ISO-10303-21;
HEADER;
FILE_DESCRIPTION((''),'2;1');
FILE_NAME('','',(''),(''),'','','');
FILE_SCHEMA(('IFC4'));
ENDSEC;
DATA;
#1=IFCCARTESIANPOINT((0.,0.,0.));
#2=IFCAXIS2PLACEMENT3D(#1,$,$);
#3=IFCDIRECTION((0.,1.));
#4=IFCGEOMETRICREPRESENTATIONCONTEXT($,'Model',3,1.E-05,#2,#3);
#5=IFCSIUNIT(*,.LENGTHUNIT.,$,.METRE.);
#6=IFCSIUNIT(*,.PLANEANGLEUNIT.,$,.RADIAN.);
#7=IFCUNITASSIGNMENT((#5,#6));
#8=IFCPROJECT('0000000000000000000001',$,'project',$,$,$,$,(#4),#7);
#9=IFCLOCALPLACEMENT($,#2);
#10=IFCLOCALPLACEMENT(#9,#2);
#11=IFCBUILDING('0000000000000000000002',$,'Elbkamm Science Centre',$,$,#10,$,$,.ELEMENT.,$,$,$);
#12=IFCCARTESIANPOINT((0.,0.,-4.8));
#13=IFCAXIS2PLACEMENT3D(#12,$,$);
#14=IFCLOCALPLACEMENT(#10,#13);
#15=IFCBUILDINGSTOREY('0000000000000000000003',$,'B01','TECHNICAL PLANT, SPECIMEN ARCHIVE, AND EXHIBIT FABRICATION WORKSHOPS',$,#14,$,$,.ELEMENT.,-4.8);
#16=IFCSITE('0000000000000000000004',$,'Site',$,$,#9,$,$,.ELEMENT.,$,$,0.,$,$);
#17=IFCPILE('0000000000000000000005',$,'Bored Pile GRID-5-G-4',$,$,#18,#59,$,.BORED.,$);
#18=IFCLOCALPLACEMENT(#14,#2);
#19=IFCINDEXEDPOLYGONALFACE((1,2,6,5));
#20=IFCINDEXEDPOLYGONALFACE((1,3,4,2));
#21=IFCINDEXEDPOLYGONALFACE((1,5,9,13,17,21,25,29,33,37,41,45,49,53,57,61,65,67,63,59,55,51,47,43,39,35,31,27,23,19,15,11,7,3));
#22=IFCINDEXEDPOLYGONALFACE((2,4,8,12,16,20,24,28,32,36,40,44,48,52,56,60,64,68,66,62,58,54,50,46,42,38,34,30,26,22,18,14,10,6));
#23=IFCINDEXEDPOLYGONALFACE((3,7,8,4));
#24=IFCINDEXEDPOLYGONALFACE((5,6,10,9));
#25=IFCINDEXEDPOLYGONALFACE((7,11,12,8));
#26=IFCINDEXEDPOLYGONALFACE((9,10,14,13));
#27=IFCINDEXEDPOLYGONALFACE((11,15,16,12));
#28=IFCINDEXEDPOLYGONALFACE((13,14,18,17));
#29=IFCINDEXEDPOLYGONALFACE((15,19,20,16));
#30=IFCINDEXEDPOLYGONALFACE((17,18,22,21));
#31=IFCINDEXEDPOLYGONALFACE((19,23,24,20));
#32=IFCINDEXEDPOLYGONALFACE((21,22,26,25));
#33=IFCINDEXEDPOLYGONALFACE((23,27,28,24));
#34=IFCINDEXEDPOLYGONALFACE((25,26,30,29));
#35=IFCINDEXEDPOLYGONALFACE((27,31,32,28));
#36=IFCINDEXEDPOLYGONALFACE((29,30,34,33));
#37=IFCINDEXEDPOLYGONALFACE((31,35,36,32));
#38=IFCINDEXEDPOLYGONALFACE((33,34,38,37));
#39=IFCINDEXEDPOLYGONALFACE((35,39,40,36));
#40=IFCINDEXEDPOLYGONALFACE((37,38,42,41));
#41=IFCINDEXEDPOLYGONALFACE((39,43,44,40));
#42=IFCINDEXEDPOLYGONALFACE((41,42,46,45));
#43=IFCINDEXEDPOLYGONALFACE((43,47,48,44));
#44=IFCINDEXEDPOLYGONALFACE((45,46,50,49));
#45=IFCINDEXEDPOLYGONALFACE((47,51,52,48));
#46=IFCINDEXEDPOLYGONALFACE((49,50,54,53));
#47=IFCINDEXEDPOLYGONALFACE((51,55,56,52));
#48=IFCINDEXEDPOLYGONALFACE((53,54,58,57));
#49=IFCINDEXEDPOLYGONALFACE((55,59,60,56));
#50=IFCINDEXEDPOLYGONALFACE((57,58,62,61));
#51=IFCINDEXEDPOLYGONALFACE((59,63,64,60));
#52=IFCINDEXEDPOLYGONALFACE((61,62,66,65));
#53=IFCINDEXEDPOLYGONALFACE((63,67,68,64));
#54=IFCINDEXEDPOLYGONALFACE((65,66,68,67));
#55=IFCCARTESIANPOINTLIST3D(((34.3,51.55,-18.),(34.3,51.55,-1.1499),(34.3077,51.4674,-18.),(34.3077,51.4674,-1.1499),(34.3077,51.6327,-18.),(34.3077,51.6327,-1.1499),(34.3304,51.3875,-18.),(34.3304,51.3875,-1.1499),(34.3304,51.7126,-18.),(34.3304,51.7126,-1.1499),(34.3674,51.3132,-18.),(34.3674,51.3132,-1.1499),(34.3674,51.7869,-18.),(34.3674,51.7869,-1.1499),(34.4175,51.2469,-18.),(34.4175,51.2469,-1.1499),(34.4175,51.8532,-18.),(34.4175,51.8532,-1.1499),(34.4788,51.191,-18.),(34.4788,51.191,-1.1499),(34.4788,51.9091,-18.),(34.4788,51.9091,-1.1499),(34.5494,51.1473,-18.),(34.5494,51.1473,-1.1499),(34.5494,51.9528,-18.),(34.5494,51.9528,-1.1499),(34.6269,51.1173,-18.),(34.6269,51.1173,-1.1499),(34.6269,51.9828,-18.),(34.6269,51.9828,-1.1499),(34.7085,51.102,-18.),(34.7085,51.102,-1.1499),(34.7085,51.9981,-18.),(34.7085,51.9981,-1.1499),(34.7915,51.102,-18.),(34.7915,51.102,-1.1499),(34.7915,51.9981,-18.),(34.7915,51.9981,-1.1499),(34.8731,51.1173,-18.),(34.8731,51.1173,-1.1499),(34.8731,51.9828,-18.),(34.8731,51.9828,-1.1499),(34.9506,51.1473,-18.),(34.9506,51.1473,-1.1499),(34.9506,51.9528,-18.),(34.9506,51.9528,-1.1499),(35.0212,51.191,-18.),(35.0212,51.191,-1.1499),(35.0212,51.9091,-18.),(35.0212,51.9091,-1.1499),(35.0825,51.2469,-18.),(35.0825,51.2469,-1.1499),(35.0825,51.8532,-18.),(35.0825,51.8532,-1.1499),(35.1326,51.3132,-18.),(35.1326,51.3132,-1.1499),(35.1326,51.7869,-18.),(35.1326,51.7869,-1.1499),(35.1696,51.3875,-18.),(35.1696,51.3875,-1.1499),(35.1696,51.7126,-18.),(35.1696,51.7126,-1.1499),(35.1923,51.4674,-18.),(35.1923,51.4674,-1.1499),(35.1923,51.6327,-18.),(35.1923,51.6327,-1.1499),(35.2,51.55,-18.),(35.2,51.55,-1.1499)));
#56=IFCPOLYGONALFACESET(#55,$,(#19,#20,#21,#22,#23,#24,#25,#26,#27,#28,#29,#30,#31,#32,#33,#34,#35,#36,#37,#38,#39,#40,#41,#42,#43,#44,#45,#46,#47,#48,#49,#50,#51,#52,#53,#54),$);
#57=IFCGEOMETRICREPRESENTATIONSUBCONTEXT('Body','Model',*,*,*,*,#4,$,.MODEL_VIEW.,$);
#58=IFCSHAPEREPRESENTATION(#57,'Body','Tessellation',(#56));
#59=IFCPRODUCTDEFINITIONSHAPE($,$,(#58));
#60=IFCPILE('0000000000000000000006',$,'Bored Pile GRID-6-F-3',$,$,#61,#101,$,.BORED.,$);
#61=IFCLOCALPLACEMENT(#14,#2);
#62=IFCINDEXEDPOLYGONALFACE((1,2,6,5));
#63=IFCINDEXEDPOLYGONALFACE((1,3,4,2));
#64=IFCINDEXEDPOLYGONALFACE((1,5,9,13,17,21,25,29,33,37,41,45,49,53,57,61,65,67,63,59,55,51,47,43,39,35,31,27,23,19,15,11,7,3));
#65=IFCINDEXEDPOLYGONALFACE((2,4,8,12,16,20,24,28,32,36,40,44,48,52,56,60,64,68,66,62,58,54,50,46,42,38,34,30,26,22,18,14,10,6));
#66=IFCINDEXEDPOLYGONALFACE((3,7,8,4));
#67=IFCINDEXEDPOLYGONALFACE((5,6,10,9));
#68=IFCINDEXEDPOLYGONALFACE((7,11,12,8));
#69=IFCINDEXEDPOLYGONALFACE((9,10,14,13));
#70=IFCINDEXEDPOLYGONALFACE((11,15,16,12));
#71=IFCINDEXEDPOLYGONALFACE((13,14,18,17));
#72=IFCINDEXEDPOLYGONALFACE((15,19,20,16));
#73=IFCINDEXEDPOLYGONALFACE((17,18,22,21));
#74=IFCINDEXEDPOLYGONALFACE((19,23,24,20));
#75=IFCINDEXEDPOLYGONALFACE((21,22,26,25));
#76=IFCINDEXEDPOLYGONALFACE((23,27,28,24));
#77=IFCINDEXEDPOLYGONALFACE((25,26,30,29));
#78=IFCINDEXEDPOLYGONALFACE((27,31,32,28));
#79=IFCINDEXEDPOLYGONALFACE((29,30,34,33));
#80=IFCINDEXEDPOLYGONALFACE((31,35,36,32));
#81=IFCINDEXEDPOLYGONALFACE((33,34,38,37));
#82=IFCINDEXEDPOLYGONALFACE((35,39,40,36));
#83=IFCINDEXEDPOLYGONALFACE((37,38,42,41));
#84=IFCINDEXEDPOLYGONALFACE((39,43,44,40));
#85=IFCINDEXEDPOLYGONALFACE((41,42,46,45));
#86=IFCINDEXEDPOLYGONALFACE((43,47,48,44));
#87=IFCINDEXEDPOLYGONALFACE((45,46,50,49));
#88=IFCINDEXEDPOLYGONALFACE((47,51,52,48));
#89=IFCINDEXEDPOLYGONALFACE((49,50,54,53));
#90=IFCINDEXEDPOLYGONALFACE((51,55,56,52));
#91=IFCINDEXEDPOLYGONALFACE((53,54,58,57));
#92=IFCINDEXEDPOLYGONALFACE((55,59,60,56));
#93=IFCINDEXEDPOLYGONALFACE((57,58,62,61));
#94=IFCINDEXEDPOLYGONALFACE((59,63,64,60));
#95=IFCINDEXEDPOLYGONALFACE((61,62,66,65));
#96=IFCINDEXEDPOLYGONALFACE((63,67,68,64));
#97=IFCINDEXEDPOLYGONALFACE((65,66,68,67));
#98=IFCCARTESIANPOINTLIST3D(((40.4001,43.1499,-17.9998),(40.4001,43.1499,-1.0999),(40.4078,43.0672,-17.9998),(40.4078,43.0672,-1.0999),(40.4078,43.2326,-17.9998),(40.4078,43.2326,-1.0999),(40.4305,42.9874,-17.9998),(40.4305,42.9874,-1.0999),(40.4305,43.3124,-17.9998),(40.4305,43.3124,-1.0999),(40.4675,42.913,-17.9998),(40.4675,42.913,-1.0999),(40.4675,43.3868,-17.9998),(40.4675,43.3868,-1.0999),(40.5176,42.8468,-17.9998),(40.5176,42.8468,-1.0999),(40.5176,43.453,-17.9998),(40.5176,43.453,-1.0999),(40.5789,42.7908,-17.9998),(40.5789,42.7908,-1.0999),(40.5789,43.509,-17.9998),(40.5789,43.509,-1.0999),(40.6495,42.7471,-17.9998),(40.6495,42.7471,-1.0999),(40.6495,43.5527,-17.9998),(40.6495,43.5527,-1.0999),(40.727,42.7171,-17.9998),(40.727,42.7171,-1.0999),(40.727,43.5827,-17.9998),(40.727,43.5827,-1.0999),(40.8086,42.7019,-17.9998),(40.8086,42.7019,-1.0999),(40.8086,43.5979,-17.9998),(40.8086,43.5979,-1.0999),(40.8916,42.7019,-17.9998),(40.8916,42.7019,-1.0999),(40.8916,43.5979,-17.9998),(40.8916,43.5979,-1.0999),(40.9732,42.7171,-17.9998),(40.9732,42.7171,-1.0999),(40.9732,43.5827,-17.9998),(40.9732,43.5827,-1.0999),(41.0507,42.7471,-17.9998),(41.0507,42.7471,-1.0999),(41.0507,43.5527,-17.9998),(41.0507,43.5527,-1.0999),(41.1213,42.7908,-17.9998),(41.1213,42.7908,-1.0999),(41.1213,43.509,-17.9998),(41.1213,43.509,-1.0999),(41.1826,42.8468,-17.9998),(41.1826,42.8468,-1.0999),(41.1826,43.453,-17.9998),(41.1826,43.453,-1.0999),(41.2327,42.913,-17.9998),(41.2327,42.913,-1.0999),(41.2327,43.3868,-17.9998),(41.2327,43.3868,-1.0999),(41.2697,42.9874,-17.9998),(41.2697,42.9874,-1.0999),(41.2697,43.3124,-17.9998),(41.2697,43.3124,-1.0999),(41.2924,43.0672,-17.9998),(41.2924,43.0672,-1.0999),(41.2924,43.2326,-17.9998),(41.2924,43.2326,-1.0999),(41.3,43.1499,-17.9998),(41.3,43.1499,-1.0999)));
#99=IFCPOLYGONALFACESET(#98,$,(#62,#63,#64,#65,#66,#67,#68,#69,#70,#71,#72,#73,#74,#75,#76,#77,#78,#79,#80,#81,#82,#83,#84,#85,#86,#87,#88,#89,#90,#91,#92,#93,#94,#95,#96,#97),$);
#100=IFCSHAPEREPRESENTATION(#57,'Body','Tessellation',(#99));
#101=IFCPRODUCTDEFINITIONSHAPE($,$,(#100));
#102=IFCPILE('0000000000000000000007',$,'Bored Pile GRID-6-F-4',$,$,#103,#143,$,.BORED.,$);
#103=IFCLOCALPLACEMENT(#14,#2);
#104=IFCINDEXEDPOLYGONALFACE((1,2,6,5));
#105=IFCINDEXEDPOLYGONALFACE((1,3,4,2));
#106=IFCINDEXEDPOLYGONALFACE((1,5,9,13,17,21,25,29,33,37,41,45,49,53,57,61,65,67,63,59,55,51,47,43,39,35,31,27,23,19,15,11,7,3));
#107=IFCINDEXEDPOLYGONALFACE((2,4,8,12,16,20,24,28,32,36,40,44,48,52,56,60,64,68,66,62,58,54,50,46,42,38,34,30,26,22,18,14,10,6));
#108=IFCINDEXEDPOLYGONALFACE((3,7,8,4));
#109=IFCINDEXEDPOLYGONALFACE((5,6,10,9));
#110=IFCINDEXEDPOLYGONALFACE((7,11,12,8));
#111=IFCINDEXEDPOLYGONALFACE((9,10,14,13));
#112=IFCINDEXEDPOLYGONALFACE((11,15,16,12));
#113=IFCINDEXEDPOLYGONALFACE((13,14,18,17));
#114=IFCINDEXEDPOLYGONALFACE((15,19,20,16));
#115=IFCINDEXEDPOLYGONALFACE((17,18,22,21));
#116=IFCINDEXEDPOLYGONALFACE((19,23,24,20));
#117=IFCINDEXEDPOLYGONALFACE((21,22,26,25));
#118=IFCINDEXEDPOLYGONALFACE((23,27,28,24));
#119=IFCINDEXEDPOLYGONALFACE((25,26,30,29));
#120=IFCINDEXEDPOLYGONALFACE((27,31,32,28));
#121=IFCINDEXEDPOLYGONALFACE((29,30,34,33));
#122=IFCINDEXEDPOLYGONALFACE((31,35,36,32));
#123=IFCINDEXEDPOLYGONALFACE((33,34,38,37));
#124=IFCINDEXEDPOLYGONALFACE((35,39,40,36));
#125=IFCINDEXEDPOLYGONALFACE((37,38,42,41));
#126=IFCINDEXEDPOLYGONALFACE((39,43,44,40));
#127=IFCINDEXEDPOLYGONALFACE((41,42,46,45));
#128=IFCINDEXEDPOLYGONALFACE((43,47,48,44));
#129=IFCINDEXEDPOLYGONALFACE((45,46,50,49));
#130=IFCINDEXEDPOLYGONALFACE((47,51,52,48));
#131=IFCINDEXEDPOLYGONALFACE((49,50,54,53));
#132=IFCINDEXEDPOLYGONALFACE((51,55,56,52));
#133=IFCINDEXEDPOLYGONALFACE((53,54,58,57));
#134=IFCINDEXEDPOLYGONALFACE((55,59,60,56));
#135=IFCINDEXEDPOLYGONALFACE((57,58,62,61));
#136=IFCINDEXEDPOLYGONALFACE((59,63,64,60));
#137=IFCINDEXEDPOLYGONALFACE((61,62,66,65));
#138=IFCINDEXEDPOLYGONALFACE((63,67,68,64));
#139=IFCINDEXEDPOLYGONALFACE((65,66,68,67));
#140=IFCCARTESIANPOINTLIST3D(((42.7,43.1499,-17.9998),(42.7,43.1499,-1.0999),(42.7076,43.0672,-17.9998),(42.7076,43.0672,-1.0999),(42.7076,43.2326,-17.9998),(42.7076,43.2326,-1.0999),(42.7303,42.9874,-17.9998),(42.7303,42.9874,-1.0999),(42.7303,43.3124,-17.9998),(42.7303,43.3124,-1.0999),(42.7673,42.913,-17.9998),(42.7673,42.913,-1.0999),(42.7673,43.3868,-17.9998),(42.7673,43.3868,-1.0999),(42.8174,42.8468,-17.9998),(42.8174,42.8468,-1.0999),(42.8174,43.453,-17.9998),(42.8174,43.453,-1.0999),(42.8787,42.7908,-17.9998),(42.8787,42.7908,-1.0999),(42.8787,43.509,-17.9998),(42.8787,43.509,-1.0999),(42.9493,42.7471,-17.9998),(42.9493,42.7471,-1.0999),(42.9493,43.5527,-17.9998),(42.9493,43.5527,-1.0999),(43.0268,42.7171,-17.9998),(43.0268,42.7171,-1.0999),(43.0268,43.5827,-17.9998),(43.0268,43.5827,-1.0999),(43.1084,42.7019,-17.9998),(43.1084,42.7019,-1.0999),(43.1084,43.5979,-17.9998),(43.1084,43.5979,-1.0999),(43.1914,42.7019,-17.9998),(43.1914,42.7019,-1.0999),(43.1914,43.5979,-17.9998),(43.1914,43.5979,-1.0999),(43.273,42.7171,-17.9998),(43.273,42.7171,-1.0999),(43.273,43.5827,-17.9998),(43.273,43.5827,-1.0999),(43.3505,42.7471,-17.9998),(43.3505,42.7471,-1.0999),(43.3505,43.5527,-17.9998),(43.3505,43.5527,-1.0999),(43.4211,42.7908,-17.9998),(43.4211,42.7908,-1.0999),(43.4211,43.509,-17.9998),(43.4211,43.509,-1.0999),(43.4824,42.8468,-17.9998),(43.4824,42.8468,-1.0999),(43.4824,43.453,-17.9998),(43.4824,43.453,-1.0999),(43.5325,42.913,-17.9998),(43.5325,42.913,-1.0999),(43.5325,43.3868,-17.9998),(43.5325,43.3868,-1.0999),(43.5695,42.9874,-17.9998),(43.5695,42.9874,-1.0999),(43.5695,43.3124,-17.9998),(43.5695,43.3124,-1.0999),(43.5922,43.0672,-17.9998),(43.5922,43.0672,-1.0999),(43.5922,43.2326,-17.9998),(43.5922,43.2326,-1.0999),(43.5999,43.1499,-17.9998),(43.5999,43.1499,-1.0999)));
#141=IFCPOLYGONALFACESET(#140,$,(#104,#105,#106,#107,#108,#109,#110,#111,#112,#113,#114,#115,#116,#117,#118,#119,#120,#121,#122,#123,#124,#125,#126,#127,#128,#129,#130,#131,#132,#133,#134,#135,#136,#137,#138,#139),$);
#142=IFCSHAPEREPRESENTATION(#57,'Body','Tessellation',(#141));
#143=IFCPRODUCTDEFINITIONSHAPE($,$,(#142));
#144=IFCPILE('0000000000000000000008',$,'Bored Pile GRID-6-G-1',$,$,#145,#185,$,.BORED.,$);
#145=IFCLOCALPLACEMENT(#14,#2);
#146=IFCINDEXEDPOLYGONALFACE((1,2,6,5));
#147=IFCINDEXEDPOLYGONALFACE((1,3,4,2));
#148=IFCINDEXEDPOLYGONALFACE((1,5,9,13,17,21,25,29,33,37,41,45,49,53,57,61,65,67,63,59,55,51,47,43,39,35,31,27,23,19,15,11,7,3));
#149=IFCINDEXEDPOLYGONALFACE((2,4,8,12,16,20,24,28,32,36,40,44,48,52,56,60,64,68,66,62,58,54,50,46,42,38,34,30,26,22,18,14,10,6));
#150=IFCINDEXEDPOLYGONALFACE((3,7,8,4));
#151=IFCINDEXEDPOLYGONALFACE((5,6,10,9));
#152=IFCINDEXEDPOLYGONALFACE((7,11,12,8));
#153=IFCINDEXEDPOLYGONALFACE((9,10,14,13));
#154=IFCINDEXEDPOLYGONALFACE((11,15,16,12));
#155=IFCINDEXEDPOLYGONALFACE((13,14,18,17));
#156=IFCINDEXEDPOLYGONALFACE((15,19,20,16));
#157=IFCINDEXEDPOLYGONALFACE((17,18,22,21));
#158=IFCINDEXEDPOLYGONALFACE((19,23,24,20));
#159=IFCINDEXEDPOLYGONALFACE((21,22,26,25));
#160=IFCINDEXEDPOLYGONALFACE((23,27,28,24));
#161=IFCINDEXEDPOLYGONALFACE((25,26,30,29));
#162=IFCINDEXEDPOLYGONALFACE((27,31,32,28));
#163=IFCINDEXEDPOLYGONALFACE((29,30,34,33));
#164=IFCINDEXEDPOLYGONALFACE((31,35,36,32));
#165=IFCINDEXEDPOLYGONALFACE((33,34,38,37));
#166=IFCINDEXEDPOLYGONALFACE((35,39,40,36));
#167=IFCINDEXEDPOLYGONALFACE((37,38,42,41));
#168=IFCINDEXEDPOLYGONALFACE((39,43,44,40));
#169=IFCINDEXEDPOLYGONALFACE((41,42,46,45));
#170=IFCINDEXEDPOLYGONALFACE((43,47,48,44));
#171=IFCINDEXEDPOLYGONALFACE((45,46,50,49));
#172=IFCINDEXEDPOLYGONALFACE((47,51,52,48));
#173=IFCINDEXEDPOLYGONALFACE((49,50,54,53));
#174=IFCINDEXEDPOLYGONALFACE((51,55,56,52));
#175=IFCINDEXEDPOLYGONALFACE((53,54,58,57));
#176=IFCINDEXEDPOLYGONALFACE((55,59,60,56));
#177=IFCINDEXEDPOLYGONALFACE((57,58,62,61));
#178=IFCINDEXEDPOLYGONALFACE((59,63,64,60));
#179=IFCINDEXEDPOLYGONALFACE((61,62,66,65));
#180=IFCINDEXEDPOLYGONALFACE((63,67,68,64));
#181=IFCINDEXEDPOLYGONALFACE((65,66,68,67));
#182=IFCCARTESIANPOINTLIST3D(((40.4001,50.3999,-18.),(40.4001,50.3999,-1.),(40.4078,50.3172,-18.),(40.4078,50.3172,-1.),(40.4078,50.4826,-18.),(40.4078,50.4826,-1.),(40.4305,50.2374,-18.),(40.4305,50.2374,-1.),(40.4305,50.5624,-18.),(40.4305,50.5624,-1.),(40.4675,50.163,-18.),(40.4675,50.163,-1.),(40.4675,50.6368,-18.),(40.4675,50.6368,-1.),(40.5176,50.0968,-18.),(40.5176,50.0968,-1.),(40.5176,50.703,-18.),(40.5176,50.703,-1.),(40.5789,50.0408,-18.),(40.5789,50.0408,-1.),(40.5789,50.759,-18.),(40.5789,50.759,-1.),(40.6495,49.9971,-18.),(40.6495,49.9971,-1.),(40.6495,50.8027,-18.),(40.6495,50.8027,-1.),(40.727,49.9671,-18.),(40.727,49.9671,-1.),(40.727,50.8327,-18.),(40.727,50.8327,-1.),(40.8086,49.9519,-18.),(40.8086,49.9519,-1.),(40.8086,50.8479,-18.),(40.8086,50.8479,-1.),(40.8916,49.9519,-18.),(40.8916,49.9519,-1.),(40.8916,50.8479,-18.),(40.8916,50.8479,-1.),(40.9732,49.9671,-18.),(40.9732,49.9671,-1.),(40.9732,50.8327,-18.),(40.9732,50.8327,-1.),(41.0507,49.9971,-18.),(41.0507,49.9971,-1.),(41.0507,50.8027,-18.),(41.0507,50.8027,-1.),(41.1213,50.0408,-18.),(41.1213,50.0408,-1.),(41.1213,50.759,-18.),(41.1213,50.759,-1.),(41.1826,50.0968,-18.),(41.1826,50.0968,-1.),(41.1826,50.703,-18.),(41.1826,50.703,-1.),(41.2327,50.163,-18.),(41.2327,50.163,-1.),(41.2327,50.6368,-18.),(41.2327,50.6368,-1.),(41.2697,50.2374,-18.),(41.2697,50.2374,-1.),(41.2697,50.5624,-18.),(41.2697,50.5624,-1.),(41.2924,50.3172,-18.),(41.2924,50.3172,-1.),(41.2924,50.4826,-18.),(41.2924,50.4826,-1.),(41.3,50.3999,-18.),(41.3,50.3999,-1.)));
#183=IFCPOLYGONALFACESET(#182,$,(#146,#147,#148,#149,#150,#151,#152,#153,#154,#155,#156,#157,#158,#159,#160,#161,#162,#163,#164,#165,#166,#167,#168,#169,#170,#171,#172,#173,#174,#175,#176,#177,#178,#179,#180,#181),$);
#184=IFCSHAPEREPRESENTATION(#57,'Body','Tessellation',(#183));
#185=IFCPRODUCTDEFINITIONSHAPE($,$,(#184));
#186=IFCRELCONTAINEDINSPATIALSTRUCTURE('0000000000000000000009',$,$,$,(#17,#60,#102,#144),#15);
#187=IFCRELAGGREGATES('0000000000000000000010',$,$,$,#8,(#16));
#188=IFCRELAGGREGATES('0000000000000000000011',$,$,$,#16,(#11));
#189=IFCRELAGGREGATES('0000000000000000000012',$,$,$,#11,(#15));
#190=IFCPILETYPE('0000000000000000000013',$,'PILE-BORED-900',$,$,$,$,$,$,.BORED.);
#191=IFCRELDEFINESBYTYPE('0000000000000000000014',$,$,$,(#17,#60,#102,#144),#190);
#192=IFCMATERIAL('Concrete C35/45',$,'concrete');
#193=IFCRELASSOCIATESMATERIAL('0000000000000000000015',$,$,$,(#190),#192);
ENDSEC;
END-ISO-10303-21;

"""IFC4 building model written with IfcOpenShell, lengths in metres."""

from ifc_helpers import new_model, si_unit, direction, frame, origin, origin_2d, place, context, subcontext, project, spatial, circle, extrude, material, material_profile, profile_set, type_object, element, save


model = new_model("IFC4")

# Units and contexts
model_context = context("Model", 3, precision=1e-05, world=origin(), true_north=direction((0.0, 1.0)))
body_context = subcontext(model_context, "Body", "Model", "MODEL_VIEW")
ifc_project = project(units=[si_unit("LENGTHUNIT", "METRE"), si_unit("PLANEANGLEUNIT", "RADIAN")], contexts=[model_context])

# Site, building, storey
site_placement = place(None, origin())
site = spatial("IfcSite", under=ifc_project, at=site_placement, Name="Site", CompositionType="ELEMENT", RefElevation=0.0)
building_placement = place(site_placement, origin())
building = spatial("IfcBuilding", under=site, at=building_placement, Name="Elbkamm Science Centre", CompositionType="ELEMENT")
storey_placement = place(building_placement, frame((0.0, 0.0, -4.8)))
storey = spatial("IfcBuildingStorey", under=building, at=storey_placement, Name="B01", Description="TECHNICAL PLANT, SPECIMEN ARCHIVE, AND EXHIBIT FABRICATION WORKSHOPS", CompositionType="ELEMENT", Elevation=-4.8)

# Shared definitions
ifc_material_1 = material(Name="Concrete C35/45", Category="concrete")

# Piles
ifc_material_profile_1 = material_profile(ifc_material_1, circle(Radius=0.45, at=origin_2d()), Name="PILE D900")
ifc_profile_set_1 = profile_set([ifc_material_profile_1], Name="Concrete C35/45")
pile_type = type_object("IfcPileType", Name="PILE-BORED-900", PredefinedType="BORED", material=ifc_profile_set_1)
pile_1_placement = place(storey_placement, frame((34.75, 51.55, -1.1499), z_axis=(0.0, 0.0, -1.0), x_axis=(1.0, 0.0, 0.0)))
element("IfcPile", 1, at=pile_1_placement, inside=storey, type_object=pile_type, Name="Bored Pile GRID-5-G-4", PredefinedType="BORED", context=body_context, shape_type="SweptSolid", body=[
    extrude(circle(Radius=0.45, at=origin_2d()), origin(), (0.0, 0.0, 1.0), 16.8501),
])
for number, where, z_axis, x_axis, name in (
    (2, (40.8501, 43.1499, -1.0999), (0.0, 0.0, -1.0), (1.0, 0.0, 0.0), "Bored Pile GRID-6-F-3"),
    (3, (43.1499, 43.1499, -1.0999), (0.0, 0.0, -1.0), (1.0, 0.0, 0.0), "Bored Pile GRID-6-F-4"),
):
    element("IfcPile", number, at=place(storey_placement, frame(where, z_axis=z_axis, x_axis=x_axis)), inside=storey, type_object=pile_type, Name=name, PredefinedType="BORED", context=body_context, shape_type="SweptSolid", body=[
        extrude(circle(Radius=0.45, at=origin_2d()), origin(), (0.0, 0.0, 1.0), 16.8999),
    ])
for number, where, z_axis, x_axis, name in (
    (4, (40.8501, 50.3999, -1.0), (0.0, 0.0, -1.0), (1.0, 0.0, 0.0), "Bored Pile GRID-6-G-1"),
):
    element("IfcPile", number, at=place(storey_placement, frame(where, z_axis=z_axis, x_axis=x_axis)), inside=storey, type_object=pile_type, Name=name, PredefinedType="BORED", context=body_context, shape_type="SweptSolid", body=[
        extrude(circle(Radius=0.45, at=origin_2d()), origin(), (0.0, 0.0, 1.0), 17.0),
    ])

save(model, "model.ifc")
